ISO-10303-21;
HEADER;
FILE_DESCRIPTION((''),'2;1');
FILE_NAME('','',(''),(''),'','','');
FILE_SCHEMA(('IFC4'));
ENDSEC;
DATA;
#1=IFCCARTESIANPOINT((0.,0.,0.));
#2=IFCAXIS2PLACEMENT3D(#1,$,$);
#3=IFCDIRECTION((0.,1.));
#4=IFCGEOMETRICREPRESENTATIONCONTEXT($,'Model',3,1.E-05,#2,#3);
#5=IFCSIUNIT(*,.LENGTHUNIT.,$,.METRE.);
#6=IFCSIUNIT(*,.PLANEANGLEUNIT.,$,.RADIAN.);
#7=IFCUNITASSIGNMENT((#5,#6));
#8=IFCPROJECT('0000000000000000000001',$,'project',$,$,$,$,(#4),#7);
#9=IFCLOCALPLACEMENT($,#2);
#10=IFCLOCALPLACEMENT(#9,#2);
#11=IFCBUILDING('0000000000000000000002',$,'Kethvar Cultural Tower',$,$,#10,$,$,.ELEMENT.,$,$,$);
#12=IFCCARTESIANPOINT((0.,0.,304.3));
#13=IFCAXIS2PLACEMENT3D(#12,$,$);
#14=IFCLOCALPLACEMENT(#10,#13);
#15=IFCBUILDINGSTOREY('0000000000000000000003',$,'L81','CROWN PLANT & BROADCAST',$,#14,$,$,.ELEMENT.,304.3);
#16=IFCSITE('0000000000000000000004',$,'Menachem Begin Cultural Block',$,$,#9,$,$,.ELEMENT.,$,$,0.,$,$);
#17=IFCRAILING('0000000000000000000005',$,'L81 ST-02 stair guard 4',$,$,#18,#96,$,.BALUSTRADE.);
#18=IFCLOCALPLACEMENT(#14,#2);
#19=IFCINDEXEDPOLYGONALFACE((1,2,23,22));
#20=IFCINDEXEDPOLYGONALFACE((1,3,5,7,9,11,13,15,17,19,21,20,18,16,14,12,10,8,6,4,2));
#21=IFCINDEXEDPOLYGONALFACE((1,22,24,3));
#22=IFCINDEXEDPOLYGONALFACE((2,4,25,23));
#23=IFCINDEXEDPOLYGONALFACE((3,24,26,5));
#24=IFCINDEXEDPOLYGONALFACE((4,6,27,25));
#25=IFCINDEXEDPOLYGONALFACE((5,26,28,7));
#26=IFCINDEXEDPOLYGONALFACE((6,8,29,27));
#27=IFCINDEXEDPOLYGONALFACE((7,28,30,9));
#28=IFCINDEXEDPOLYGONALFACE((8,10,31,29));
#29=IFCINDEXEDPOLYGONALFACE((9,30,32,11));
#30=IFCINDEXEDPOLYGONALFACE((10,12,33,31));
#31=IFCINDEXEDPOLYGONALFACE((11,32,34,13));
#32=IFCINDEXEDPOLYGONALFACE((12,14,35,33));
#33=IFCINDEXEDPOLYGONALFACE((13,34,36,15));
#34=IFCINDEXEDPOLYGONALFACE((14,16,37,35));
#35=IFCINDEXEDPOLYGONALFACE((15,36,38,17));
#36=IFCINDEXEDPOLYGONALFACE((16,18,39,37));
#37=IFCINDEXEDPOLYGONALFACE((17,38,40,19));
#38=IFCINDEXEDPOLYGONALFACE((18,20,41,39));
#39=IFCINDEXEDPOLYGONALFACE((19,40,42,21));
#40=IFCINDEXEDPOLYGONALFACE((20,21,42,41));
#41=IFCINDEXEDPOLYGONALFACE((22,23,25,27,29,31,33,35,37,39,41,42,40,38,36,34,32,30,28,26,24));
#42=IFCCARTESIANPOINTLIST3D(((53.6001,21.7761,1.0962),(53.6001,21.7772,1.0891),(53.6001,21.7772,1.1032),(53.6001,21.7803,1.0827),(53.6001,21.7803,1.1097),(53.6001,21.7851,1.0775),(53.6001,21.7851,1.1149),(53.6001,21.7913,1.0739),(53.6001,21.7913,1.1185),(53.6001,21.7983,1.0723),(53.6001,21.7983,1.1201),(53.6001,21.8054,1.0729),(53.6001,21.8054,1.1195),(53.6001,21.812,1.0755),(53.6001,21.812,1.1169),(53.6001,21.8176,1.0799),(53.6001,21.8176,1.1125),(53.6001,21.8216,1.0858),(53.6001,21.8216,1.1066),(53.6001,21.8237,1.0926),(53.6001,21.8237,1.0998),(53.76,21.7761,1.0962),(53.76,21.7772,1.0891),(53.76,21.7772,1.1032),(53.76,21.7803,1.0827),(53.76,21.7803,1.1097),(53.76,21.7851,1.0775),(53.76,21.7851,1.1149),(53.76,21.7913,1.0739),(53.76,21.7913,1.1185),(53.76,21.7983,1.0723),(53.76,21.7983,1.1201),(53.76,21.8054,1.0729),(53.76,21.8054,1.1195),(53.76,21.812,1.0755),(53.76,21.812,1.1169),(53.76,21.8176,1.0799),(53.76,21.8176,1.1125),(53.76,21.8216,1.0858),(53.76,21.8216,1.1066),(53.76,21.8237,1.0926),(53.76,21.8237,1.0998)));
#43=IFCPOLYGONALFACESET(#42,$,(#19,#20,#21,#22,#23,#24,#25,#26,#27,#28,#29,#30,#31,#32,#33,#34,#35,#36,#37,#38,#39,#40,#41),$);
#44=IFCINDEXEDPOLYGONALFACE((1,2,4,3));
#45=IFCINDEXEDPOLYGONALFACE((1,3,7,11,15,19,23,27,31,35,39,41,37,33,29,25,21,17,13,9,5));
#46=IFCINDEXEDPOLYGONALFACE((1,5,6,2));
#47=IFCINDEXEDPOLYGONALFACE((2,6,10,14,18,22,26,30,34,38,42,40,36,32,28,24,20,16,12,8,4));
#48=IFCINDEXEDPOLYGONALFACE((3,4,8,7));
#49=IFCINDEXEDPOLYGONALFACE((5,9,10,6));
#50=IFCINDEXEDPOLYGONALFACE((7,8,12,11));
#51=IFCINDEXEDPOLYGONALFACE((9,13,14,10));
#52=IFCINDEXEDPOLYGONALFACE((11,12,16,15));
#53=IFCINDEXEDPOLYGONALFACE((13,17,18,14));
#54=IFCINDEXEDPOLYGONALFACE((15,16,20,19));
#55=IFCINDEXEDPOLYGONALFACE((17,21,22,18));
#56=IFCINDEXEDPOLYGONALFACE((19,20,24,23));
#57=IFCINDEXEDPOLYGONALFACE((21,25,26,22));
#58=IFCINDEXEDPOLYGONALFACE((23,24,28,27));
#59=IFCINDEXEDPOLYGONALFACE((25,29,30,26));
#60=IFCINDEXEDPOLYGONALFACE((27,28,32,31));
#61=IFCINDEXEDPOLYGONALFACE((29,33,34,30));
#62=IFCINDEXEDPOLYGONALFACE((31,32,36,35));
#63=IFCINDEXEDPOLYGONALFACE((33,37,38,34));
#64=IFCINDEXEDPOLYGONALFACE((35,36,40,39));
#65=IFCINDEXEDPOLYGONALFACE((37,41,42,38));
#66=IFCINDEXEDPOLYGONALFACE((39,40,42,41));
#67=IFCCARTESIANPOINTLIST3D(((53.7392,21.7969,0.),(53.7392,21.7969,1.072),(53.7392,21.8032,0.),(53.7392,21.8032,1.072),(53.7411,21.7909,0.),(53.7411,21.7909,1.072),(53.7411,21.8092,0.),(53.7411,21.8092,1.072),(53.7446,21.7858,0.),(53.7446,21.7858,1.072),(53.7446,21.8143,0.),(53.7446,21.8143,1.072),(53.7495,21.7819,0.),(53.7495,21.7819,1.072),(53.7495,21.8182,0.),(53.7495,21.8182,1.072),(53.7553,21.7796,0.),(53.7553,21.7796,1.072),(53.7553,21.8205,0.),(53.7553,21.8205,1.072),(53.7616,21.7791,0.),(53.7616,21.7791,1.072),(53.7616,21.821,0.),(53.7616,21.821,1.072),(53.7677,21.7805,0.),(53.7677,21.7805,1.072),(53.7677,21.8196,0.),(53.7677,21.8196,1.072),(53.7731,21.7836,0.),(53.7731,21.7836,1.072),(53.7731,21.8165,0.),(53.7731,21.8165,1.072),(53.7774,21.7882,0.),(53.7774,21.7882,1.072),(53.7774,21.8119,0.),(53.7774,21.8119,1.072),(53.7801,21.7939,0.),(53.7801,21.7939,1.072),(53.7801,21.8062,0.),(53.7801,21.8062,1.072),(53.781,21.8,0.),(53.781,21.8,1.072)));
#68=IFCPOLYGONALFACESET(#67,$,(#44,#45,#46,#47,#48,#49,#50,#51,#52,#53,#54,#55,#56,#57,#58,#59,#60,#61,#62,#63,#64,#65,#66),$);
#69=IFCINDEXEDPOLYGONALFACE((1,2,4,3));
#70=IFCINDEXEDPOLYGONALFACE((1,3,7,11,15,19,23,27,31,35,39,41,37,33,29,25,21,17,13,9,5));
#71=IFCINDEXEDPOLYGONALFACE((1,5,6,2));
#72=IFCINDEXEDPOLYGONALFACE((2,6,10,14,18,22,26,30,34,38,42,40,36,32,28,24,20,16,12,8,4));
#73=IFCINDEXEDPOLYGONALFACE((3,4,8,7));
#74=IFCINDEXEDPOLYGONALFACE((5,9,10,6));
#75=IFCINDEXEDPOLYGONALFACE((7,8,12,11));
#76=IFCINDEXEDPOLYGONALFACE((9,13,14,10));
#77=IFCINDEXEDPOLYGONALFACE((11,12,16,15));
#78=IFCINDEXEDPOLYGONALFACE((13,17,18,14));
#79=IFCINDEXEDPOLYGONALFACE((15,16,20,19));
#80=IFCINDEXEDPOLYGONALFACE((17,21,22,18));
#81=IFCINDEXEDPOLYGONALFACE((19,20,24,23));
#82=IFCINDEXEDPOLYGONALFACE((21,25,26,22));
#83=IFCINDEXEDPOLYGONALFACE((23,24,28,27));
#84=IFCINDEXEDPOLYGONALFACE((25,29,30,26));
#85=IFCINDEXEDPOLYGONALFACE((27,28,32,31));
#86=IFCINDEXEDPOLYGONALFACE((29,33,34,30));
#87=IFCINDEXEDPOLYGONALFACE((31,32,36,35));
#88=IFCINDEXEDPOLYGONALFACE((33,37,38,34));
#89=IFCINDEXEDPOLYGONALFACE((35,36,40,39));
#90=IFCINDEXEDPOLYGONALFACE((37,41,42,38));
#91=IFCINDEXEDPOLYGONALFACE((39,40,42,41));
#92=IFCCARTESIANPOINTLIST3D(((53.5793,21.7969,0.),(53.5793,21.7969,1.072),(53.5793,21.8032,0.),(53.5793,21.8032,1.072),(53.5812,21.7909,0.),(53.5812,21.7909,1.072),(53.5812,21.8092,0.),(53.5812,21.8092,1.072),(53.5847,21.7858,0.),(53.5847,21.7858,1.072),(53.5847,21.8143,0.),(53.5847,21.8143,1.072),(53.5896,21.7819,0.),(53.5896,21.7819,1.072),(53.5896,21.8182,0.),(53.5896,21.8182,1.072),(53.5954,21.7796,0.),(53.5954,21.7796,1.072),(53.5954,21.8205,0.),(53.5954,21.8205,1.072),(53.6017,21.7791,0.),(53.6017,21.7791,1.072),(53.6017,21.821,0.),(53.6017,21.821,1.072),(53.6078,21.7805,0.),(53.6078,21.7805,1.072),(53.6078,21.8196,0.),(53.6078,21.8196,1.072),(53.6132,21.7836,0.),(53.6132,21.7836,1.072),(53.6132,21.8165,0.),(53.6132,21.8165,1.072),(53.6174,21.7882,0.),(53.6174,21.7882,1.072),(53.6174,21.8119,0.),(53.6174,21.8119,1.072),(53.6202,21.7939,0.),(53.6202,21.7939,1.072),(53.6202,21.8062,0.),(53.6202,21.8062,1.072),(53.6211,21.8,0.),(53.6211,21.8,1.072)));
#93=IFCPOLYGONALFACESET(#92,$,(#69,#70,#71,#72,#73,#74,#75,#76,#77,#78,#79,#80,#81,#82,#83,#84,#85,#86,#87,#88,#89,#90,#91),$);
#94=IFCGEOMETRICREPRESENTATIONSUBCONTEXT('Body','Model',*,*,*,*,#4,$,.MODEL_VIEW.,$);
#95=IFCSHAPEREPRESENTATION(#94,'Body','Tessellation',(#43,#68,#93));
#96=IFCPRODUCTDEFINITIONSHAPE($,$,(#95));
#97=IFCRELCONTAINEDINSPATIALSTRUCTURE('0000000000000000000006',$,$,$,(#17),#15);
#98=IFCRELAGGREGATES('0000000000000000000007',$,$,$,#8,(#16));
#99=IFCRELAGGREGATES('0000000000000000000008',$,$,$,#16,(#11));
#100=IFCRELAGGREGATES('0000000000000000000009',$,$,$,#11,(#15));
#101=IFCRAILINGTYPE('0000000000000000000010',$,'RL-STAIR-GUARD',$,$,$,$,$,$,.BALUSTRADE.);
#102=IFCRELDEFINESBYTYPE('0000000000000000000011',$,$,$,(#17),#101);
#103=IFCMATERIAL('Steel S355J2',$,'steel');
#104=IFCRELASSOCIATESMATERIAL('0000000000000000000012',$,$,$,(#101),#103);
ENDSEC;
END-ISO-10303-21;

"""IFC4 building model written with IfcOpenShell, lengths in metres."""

from ifc_helpers import new_model, si_unit, direction, frame, origin, origin_2d, place, context, subcontext, project, spatial, circle, extrude, material, type_object, element, save


model = new_model("IFC4")

# Units and contexts
model_context = context("Model", 3, precision=1e-05, world=origin(), true_north=direction((0.0, 1.0)))
body_context = subcontext(model_context, "Body", "Model", "MODEL_VIEW")
ifc_project = project(units=[si_unit("LENGTHUNIT", "METRE"), si_unit("PLANEANGLEUNIT", "RADIAN")], contexts=[model_context])

# Site, building, storey
site_placement = place(None, origin())
site = spatial("IfcSite", under=ifc_project, at=site_placement, Name="Menachem Begin Cultural Block", CompositionType="ELEMENT", RefElevation=0.0)
building_placement = place(site_placement, origin())
building = spatial("IfcBuilding", under=site, at=building_placement, Name="Kethvar Cultural Tower", CompositionType="ELEMENT")
storey_placement = place(building_placement, frame((0.0, 0.0, 304.3)))
storey = spatial("IfcBuildingStorey", under=building, at=storey_placement, Name="L81", Description="CROWN PLANT & BROADCAST", CompositionType="ELEMENT", Elevation=304.3)

# Shared definitions
ifc_material_1 = material(Name="Steel S355J2", Category="steel")

# Railing
railing_type_1 = type_object("IfcRailingType", Name="RL-STAIR-GUARD", PredefinedType="BALUSTRADE", material=ifc_material_1)
railing_1_placement = place(storey_placement, frame((53.76, 21.8, 0.0)))
element("IfcRailing", 1, at=railing_1_placement, inside=storey, type_object=railing_type_1, Name="L81 ST-02 stair guard 4", PredefinedType="BALUSTRADE", context=body_context, shape_type="SweptSolid", body=[
    extrude(circle(Radius=0.0239, at=origin_2d()), frame((0.0, 0.0, 1.0962), z_axis=(-1.0, 0.0, 0.0), x_axis=(0.0, -1.0, 0.0)), (0.0, 0.0, 1.0), 0.1599),
    extrude(circle(Radius=0.021, at=origin_2d()), origin(), (0.0, 0.0, 1.0), 1.072),
    extrude(circle(Radius=0.021, at=origin_2d()), frame((-0.1599, 0.0, 0.0)), (0.0, 0.0, 1.0), 1.072),
])

save(model, "model.ifc")
